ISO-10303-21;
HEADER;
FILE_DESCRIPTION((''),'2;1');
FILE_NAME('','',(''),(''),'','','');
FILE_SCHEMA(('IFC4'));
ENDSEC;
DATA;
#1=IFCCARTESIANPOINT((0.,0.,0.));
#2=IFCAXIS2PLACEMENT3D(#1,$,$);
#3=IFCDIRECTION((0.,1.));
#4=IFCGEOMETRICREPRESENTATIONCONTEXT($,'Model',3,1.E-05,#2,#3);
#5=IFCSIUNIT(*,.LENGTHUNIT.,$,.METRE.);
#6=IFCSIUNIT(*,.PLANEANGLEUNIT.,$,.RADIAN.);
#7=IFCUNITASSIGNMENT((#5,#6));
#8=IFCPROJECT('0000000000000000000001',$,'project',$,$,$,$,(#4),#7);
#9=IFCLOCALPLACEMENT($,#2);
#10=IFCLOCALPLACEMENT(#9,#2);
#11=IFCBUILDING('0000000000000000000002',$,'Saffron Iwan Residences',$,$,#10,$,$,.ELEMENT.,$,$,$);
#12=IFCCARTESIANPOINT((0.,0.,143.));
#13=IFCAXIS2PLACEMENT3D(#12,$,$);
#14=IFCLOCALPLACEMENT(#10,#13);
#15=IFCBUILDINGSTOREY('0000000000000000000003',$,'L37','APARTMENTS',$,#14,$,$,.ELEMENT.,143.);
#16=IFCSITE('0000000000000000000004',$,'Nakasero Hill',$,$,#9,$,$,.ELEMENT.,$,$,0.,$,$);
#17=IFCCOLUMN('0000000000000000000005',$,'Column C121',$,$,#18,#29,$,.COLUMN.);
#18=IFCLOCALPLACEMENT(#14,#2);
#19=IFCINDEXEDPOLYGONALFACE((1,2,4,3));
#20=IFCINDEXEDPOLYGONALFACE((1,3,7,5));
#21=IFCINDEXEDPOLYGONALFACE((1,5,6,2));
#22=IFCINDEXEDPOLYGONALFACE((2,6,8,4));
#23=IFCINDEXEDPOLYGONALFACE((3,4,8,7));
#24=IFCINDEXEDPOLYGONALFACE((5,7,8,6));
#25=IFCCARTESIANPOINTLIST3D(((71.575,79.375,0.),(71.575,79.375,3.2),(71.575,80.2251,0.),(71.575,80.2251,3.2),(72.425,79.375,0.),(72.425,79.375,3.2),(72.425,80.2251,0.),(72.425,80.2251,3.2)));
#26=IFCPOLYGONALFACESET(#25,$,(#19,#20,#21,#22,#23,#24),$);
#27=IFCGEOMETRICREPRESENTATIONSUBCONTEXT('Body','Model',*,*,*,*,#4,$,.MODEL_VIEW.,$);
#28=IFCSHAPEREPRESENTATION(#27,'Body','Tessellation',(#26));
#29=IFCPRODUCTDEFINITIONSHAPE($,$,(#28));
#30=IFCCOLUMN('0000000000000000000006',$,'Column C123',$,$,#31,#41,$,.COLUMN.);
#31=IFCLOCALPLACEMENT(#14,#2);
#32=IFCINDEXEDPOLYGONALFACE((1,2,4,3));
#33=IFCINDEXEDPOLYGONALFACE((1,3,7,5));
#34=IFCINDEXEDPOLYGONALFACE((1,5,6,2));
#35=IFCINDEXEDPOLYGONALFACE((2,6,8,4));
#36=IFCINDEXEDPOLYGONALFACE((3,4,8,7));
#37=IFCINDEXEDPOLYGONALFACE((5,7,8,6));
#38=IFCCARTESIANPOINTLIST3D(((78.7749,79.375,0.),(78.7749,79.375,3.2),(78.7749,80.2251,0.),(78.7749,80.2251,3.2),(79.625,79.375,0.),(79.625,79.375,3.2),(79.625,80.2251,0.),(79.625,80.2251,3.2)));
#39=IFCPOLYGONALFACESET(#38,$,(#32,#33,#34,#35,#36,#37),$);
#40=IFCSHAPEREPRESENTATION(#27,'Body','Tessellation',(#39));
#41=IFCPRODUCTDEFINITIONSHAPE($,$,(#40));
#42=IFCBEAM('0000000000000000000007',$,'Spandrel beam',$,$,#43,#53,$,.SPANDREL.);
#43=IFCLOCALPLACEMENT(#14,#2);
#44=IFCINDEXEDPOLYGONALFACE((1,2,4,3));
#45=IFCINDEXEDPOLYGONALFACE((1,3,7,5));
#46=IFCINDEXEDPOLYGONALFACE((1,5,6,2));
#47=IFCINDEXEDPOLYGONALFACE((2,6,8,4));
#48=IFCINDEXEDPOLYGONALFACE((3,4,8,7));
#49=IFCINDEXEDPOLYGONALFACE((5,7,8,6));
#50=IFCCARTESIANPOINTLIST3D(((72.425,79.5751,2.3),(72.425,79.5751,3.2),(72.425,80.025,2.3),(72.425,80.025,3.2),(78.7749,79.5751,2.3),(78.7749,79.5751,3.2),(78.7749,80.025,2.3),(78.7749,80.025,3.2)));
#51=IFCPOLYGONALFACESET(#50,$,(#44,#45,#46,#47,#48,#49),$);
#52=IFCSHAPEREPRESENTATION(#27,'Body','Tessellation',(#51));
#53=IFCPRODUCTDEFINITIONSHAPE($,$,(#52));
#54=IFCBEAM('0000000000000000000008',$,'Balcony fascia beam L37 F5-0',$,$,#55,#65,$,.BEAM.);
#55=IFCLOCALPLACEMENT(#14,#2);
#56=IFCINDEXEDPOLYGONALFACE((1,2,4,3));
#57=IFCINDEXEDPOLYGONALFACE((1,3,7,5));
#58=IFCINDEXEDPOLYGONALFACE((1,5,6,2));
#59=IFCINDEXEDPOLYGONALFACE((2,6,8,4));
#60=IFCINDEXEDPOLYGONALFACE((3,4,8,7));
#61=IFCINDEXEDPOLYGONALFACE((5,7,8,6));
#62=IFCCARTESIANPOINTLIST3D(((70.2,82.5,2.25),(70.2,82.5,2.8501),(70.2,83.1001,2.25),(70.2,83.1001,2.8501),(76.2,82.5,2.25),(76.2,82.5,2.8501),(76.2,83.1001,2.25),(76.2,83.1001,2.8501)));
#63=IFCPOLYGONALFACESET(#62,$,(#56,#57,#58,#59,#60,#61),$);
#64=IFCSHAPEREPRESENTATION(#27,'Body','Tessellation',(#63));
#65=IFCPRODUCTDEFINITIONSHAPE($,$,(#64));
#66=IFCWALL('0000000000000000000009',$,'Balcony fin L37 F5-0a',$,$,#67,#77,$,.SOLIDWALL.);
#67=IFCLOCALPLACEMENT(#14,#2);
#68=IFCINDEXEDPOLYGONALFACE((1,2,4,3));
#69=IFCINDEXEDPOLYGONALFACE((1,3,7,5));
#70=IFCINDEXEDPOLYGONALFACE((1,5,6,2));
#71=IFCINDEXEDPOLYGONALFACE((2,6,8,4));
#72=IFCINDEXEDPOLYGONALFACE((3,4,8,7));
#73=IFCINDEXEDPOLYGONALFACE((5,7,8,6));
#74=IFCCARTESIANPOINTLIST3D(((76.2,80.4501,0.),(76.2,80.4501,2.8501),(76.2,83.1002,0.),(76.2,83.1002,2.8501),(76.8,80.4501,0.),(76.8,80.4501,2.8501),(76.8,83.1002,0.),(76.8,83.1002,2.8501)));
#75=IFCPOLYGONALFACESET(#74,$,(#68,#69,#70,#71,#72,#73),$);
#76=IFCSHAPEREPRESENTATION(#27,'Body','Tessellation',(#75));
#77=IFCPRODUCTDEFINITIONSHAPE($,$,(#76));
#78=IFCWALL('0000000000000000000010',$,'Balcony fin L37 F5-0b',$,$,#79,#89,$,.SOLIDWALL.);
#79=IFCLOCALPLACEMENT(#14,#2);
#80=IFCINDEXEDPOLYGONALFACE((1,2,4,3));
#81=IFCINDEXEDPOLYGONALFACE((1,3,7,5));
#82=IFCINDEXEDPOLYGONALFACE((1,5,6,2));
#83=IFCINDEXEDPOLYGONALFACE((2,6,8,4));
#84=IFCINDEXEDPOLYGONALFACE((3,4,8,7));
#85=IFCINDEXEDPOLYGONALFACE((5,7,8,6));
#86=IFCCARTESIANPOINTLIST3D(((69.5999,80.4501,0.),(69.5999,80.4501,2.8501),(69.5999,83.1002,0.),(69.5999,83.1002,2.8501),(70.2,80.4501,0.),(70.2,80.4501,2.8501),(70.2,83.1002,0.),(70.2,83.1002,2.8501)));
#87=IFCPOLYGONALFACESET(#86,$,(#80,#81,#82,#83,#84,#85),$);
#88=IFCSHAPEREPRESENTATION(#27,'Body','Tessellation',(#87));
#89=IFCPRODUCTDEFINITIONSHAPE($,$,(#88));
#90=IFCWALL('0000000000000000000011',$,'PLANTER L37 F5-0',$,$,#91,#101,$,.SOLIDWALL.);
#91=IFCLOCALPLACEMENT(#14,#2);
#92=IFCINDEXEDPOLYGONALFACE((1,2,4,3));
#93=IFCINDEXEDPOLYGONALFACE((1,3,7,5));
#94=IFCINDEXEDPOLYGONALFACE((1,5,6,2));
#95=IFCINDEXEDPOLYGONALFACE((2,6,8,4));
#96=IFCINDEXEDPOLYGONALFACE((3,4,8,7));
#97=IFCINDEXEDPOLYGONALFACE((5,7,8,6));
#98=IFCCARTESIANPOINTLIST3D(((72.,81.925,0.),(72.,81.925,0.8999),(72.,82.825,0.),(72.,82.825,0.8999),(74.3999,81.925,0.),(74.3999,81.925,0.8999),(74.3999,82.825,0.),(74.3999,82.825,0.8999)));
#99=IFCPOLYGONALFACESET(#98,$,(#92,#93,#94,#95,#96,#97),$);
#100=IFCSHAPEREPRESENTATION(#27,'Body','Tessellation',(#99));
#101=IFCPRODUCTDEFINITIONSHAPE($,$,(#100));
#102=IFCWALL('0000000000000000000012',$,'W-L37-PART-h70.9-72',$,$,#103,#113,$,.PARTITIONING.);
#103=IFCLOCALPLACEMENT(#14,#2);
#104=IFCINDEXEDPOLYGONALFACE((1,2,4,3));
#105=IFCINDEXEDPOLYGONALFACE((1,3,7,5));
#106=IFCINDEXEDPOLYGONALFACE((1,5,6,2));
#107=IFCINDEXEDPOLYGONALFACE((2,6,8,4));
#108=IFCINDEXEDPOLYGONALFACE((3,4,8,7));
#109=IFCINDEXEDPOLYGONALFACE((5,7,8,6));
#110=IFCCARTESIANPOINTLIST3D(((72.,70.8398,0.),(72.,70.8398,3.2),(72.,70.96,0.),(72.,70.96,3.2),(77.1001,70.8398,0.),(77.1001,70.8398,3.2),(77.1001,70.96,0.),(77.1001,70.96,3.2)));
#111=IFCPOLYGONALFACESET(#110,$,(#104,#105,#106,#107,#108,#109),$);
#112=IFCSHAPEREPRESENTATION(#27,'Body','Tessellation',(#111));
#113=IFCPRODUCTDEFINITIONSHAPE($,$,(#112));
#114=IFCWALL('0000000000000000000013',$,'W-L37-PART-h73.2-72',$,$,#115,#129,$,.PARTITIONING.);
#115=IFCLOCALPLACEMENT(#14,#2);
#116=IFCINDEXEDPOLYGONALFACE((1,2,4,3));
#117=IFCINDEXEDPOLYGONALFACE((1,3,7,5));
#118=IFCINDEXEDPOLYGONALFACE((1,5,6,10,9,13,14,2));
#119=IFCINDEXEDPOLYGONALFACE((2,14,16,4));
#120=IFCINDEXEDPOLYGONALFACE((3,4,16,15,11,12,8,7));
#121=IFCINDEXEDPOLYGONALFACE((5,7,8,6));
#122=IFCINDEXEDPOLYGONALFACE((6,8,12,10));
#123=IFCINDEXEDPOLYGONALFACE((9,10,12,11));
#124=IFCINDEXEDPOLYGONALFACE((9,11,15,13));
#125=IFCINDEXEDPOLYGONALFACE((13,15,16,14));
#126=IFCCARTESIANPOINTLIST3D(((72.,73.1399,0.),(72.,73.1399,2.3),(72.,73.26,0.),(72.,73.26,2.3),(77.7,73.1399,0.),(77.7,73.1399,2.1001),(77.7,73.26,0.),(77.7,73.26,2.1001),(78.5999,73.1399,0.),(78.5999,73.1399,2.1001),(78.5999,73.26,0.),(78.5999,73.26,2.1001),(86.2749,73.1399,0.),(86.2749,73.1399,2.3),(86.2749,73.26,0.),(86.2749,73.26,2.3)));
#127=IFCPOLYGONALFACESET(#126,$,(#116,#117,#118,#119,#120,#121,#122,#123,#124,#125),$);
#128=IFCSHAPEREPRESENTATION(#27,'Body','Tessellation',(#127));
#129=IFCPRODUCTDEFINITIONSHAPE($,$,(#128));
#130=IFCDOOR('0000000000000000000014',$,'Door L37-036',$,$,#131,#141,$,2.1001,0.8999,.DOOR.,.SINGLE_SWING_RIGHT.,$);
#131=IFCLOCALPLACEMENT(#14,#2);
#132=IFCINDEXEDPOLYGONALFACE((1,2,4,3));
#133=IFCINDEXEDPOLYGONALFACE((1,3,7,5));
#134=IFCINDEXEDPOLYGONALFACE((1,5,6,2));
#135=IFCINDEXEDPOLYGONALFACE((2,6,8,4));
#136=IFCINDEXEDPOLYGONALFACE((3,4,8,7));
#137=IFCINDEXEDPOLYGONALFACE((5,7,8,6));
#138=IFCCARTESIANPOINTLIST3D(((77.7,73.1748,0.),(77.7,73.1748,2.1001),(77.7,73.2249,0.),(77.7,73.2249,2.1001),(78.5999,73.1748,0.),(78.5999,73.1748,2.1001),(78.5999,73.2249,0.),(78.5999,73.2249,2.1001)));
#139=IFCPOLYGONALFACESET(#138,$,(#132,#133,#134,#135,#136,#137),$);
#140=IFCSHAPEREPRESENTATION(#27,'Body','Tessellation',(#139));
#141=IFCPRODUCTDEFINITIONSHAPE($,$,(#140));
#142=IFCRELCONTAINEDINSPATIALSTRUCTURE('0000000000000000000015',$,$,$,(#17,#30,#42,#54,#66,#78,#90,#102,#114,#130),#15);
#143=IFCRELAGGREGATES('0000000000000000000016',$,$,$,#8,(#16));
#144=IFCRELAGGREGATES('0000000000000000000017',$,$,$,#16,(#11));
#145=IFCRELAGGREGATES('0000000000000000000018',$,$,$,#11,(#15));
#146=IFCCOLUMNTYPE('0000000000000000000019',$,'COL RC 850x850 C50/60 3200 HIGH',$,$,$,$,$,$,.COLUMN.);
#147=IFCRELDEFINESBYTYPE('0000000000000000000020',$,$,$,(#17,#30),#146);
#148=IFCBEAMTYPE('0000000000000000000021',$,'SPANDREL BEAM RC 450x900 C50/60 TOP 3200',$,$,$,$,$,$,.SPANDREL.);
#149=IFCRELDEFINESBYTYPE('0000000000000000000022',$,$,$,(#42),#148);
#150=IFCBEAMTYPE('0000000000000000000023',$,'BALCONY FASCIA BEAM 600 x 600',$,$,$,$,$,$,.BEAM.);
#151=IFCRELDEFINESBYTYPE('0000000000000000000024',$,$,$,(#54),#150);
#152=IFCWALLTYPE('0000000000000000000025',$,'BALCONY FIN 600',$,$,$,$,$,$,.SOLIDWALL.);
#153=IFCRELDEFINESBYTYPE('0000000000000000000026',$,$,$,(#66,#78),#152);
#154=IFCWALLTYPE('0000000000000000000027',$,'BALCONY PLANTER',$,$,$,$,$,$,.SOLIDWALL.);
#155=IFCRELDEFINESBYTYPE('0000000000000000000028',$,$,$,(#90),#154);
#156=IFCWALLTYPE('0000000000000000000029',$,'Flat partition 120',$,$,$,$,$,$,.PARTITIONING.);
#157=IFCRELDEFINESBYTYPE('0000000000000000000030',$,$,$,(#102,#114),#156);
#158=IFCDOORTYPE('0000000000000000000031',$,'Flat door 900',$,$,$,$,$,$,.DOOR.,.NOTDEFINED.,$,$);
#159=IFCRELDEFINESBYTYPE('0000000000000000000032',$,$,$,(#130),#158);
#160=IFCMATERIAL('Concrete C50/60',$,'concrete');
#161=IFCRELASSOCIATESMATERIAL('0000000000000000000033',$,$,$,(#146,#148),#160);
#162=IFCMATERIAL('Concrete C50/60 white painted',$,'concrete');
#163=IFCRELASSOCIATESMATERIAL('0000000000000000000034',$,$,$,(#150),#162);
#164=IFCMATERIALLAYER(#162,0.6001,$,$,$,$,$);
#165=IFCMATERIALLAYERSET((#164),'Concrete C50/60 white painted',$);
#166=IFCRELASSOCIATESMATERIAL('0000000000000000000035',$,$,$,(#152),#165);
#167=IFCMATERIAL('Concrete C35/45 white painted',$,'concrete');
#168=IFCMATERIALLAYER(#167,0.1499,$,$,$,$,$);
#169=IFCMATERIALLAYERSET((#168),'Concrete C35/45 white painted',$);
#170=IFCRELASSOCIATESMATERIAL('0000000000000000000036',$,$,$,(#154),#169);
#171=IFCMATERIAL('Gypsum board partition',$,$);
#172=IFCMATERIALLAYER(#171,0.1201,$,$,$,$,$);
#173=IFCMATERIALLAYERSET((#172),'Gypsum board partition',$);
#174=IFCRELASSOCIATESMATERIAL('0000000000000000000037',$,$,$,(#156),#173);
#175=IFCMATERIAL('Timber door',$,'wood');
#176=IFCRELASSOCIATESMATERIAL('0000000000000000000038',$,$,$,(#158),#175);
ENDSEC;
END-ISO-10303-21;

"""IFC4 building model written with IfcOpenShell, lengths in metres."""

from ifc_helpers import new_model, si_unit, direction, frame, frame_2d, origin, origin_2d, place, context, subcontext, project, spatial, rectangle, extrude, source, transform, mapped, material, layer, layer_set, material_profile, profile_set, type_object, element, fill, save


model = new_model("IFC4")

# Units and contexts
model_context = context("Model", 3, precision=1e-05, world=origin(), true_north=direction((0.0, 1.0)))
body_context = subcontext(model_context, "Body", "Model", "MODEL_VIEW")
ifc_project = project(units=[si_unit("LENGTHUNIT", "METRE"), si_unit("PLANEANGLEUNIT", "RADIAN")], contexts=[model_context])

# Site, building, storey
site_placement = place(None, origin())
site = spatial("IfcSite", under=ifc_project, at=site_placement, Name="Nakasero Hill", CompositionType="ELEMENT", RefElevation=0.0)
building_placement = place(site_placement, origin())
building = spatial("IfcBuilding", under=site, at=building_placement, Name="Saffron Iwan Residences", CompositionType="ELEMENT")
storey_placement = place(building_placement, frame((0.0, 0.0, 143.0)))
storey = spatial("IfcBuildingStorey", under=building, at=storey_placement, Name="L37", Description="APARTMENTS", CompositionType="ELEMENT", Elevation=143.0)

# Columns
ifc_material_1 = material(Name="Concrete C50/60", Category="concrete")
ifc_material_profile_1 = material_profile(ifc_material_1, rectangle(XDim=0.8501, YDim=0.8501, at=origin_2d()), Name="RC 850x850")
ifc_profile_set_1 = profile_set([ifc_material_profile_1], Name="Concrete C50/60")
column_type = type_object("IfcColumnType", Name="COL RC 850x850 C50/60 3200 HIGH", PredefinedType="COLUMN", material=ifc_profile_set_1)
shared_shape_1 = source(origin(), body_context, "Body", "SweptSolid", [
    extrude(rectangle(XDim=0.8501, YDim=0.8501, at=origin_2d()), origin(), (0.0, 0.0, 1.0), 3.2),
])
for number, where, z_axis, x_axis, name in (
    (1, (72.0, 79.8, 0.0), (0.0, 0.0, 1.0), (1.0, 0.0, 0.0), "Column C121"),
    (2, (79.2, 79.8, 0.0), (0.0, 0.0, 1.0), (1.0, 0.0, 0.0), "Column C123"),
):
    element("IfcColumn", number, at=place(storey_placement, frame(where, z_axis=z_axis, x_axis=x_axis)), inside=storey, type_object=column_type, Name=name, PredefinedType="COLUMN", context=body_context, shape_type="MappedRepresentation", body=[
        mapped(shared_shape_1, transform((0.0, 0.0, 0.0))),
    ])

# Beams
ifc_material_profile_2 = material_profile(ifc_material_1, rectangle(XDim=0.45, YDim=0.8999, at=origin_2d()), Name="RC 450x900")
ifc_profile_set_2 = profile_set([ifc_material_profile_2], Name="Concrete C50/60")
beam_type_1 = type_object("IfcBeamType", Name="SPANDREL BEAM RC 450x900 C50/60 TOP 3200", PredefinedType="SPANDREL", material=ifc_profile_set_2)
shared_shape_2 = source(origin(), body_context, "Body", "SweptSolid", [
    extrude(rectangle(XDim=0.45, YDim=0.8999, at=origin_2d()), origin(), (0.0, 0.0, 1.0), 6.3499),
])
beam_1_placement = place(storey_placement, frame((72.425, 79.8, 2.75), z_axis=(1.0, 0.0, 0.0), x_axis=(0.0, 1.0, 0.0)))
element("IfcBeam", 3, at=beam_1_placement, inside=storey, type_object=beam_type_1, Name="Spandrel beam", PredefinedType="SPANDREL", context=body_context, shape_type="MappedRepresentation", body=[
    mapped(shared_shape_2, transform((0.0, 0.0, 0.0))),
])
ifc_material_2 = material(Name="Concrete C50/60 white painted", Category="concrete")
ifc_material_profile_3 = material_profile(ifc_material_2, rectangle(XDim=0.6001, YDim=0.6001, at=origin_2d()), Name="BALCONY FASCIA BEAM 600 x 600")
ifc_profile_set_3 = profile_set([ifc_material_profile_3], Name="Concrete C50/60 white painted")
beam_type_2 = type_object("IfcBeamType", Name="BALCONY FASCIA BEAM 600 x 600", PredefinedType="BEAM", material=ifc_profile_set_3)
shared_shape_3 = source(origin(), body_context, "Body", "SweptSolid", [
    extrude(rectangle(XDim=0.6001, YDim=0.6001, at=origin_2d()), origin(), (0.0, 0.0, 1.0), 6.0),
])
beam_2_placement = place(storey_placement, frame((76.2, 82.8, 2.55), z_axis=(-1.0, 0.0, 0.0), x_axis=(0.0, -1.0, 0.0)))
element("IfcBeam", 4, at=beam_2_placement, inside=storey, type_object=beam_type_2, Name="Balcony fascia beam L37 F5-0", PredefinedType="BEAM", context=body_context, shape_type="MappedRepresentation", body=[
    mapped(shared_shape_3, transform((0.0, 0.0, 0.0))),
])

# Walls
ifc_layer_1 = layer(ifc_material_2, 0.6001)
ifc_layer_set_1 = layer_set([ifc_layer_1], Name="Concrete C50/60 white painted")
wall_type_1 = type_object("IfcWallType", Name="BALCONY FIN 600", PredefinedType="SOLIDWALL", material=ifc_layer_set_1)
for number, where, z_axis, x_axis, name in (
    (5, (76.5, 80.45, 0.0), (0.0, 0.0, 1.0), (0.0, 1.0, 0.0), "Balcony fin L37 F5-0a"),
    (6, (69.8999, 80.45, 0.0), (0.0, 0.0, 1.0), (0.0, 1.0, 0.0), "Balcony fin L37 F5-0b"),
):
    element("IfcWall", number, at=place(storey_placement, frame(where, z_axis=z_axis, x_axis=x_axis)), inside=storey, type_object=wall_type_1, Name=name, PredefinedType="SOLIDWALL", context=body_context, shape_type="SweptSolid", body=[
        extrude(rectangle(XDim=2.6501, YDim=0.6001, at=frame_2d((1.3252, 0.0))), origin(), (0.0, 0.0, 1.0), 2.8501),
    ])
ifc_material_3 = material(Name="Concrete C35/45 white painted", Category="concrete")
ifc_layer_2 = layer(ifc_material_3, 0.1499)
ifc_layer_set_2 = layer_set([ifc_layer_2], Name="Concrete C35/45 white painted")
wall_type_2 = type_object("IfcWallType", Name="BALCONY PLANTER", PredefinedType="SOLIDWALL", material=ifc_layer_set_2)
wall_1_placement = place(storey_placement, frame((74.3999, 82.375, 0.0), z_axis=(0.0, 0.0, 1.0), x_axis=(-1.0, 0.0, 0.0)))
element("IfcWall", 7, at=wall_1_placement, inside=storey, type_object=wall_type_2, Name="PLANTER L37 F5-0", PredefinedType="SOLIDWALL", context=body_context, shape_type="SweptSolid", body=[
    extrude(rectangle(XDim=2.3999, YDim=0.8999, at=frame_2d((1.2, 0.0))), origin(), (0.0, 0.0, 1.0), 0.8999),
])
ifc_material_4 = material(Name="Gypsum board partition")
ifc_layer_3 = layer(ifc_material_4, 0.1201)
ifc_layer_set_3 = layer_set([ifc_layer_3], Name="Gypsum board partition")
wall_type_3 = type_object("IfcWallType", Name="Flat partition 120", PredefinedType="PARTITIONING", material=ifc_layer_set_3)
wall_2_placement = place(storey_placement, frame((72.0, 70.8999, 0.0), z_axis=(0.0, 0.0, 1.0), x_axis=(1.0, 0.0, 0.0)))
element("IfcWall", 8, at=wall_2_placement, inside=storey, type_object=wall_type_3, Name="W-L37-PART-h70.9-72", PredefinedType="PARTITIONING", context=body_context, shape_type="SweptSolid", body=[
    extrude(rectangle(XDim=5.1001, YDim=0.1201, at=frame_2d((2.55, 0.0))), origin(), (0.0, 0.0, 1.0), 3.2),
])

# Wall, opening, door
wall_3_placement = place(storey_placement, frame((72.0, 73.2, 0.0), z_axis=(0.0, 0.0, 1.0), x_axis=(1.0, 0.0, 0.0)))
wall_3 = element("IfcWall", 9, at=wall_3_placement, inside=storey, type_object=wall_type_3, Name="W-L37-PART-h73.2-72", PredefinedType="PARTITIONING", context=body_context, shape_type="SweptSolid", body=[
    extrude(rectangle(XDim=14.2749, YDim=0.1201, at=frame_2d((7.1375, 0.0))), origin(), (0.0, 0.0, 1.0), 2.3),
])
opening_placement = place(wall_3_placement, frame((5.7, 0.0, 0.0)))
opening = element("IfcOpeningElement", 10, at=opening_placement, cuts=wall_3, PredefinedType="OPENING", context=body_context, shape_type="SweptSolid", body=[
    extrude(rectangle(XDim=0.8999, YDim=2.1001, at=frame_2d((0.45, 1.05))), frame((0.0, 0.0701, 0.0), z_axis=(0.0, -1.0, 0.0), x_axis=(1.0, 0.0, 0.0)), (0.0, 0.0, 1.0), 0.1401),
])
ifc_material_5 = material(Name="Timber door", Category="wood")
door_type = type_object("IfcDoorType", Name="Flat door 900", OperationType="NOTDEFINED", PredefinedType="DOOR", material=ifc_material_5)
door_placement = place(opening_placement, origin())
door = element("IfcDoor", 11, at=door_placement, inside=storey, type_object=door_type, Name="Door L37-036", OperationType="SINGLE_SWING_RIGHT", OverallHeight=2.1001, OverallWidth=0.8999, PredefinedType="DOOR", context=body_context, shape_type="SweptSolid", body=[
    extrude(rectangle(XDim=0.8999, YDim=2.1001, at=frame_2d((0.45, 1.05))), frame((0.0, 0.0249, 0.0), z_axis=(0.0, -1.0, 0.0), x_axis=(1.0, 0.0, 0.0)), (0.0, 0.0, 1.0), 0.05),
])
fill(opening, door)

save(model, "model.ifc")
